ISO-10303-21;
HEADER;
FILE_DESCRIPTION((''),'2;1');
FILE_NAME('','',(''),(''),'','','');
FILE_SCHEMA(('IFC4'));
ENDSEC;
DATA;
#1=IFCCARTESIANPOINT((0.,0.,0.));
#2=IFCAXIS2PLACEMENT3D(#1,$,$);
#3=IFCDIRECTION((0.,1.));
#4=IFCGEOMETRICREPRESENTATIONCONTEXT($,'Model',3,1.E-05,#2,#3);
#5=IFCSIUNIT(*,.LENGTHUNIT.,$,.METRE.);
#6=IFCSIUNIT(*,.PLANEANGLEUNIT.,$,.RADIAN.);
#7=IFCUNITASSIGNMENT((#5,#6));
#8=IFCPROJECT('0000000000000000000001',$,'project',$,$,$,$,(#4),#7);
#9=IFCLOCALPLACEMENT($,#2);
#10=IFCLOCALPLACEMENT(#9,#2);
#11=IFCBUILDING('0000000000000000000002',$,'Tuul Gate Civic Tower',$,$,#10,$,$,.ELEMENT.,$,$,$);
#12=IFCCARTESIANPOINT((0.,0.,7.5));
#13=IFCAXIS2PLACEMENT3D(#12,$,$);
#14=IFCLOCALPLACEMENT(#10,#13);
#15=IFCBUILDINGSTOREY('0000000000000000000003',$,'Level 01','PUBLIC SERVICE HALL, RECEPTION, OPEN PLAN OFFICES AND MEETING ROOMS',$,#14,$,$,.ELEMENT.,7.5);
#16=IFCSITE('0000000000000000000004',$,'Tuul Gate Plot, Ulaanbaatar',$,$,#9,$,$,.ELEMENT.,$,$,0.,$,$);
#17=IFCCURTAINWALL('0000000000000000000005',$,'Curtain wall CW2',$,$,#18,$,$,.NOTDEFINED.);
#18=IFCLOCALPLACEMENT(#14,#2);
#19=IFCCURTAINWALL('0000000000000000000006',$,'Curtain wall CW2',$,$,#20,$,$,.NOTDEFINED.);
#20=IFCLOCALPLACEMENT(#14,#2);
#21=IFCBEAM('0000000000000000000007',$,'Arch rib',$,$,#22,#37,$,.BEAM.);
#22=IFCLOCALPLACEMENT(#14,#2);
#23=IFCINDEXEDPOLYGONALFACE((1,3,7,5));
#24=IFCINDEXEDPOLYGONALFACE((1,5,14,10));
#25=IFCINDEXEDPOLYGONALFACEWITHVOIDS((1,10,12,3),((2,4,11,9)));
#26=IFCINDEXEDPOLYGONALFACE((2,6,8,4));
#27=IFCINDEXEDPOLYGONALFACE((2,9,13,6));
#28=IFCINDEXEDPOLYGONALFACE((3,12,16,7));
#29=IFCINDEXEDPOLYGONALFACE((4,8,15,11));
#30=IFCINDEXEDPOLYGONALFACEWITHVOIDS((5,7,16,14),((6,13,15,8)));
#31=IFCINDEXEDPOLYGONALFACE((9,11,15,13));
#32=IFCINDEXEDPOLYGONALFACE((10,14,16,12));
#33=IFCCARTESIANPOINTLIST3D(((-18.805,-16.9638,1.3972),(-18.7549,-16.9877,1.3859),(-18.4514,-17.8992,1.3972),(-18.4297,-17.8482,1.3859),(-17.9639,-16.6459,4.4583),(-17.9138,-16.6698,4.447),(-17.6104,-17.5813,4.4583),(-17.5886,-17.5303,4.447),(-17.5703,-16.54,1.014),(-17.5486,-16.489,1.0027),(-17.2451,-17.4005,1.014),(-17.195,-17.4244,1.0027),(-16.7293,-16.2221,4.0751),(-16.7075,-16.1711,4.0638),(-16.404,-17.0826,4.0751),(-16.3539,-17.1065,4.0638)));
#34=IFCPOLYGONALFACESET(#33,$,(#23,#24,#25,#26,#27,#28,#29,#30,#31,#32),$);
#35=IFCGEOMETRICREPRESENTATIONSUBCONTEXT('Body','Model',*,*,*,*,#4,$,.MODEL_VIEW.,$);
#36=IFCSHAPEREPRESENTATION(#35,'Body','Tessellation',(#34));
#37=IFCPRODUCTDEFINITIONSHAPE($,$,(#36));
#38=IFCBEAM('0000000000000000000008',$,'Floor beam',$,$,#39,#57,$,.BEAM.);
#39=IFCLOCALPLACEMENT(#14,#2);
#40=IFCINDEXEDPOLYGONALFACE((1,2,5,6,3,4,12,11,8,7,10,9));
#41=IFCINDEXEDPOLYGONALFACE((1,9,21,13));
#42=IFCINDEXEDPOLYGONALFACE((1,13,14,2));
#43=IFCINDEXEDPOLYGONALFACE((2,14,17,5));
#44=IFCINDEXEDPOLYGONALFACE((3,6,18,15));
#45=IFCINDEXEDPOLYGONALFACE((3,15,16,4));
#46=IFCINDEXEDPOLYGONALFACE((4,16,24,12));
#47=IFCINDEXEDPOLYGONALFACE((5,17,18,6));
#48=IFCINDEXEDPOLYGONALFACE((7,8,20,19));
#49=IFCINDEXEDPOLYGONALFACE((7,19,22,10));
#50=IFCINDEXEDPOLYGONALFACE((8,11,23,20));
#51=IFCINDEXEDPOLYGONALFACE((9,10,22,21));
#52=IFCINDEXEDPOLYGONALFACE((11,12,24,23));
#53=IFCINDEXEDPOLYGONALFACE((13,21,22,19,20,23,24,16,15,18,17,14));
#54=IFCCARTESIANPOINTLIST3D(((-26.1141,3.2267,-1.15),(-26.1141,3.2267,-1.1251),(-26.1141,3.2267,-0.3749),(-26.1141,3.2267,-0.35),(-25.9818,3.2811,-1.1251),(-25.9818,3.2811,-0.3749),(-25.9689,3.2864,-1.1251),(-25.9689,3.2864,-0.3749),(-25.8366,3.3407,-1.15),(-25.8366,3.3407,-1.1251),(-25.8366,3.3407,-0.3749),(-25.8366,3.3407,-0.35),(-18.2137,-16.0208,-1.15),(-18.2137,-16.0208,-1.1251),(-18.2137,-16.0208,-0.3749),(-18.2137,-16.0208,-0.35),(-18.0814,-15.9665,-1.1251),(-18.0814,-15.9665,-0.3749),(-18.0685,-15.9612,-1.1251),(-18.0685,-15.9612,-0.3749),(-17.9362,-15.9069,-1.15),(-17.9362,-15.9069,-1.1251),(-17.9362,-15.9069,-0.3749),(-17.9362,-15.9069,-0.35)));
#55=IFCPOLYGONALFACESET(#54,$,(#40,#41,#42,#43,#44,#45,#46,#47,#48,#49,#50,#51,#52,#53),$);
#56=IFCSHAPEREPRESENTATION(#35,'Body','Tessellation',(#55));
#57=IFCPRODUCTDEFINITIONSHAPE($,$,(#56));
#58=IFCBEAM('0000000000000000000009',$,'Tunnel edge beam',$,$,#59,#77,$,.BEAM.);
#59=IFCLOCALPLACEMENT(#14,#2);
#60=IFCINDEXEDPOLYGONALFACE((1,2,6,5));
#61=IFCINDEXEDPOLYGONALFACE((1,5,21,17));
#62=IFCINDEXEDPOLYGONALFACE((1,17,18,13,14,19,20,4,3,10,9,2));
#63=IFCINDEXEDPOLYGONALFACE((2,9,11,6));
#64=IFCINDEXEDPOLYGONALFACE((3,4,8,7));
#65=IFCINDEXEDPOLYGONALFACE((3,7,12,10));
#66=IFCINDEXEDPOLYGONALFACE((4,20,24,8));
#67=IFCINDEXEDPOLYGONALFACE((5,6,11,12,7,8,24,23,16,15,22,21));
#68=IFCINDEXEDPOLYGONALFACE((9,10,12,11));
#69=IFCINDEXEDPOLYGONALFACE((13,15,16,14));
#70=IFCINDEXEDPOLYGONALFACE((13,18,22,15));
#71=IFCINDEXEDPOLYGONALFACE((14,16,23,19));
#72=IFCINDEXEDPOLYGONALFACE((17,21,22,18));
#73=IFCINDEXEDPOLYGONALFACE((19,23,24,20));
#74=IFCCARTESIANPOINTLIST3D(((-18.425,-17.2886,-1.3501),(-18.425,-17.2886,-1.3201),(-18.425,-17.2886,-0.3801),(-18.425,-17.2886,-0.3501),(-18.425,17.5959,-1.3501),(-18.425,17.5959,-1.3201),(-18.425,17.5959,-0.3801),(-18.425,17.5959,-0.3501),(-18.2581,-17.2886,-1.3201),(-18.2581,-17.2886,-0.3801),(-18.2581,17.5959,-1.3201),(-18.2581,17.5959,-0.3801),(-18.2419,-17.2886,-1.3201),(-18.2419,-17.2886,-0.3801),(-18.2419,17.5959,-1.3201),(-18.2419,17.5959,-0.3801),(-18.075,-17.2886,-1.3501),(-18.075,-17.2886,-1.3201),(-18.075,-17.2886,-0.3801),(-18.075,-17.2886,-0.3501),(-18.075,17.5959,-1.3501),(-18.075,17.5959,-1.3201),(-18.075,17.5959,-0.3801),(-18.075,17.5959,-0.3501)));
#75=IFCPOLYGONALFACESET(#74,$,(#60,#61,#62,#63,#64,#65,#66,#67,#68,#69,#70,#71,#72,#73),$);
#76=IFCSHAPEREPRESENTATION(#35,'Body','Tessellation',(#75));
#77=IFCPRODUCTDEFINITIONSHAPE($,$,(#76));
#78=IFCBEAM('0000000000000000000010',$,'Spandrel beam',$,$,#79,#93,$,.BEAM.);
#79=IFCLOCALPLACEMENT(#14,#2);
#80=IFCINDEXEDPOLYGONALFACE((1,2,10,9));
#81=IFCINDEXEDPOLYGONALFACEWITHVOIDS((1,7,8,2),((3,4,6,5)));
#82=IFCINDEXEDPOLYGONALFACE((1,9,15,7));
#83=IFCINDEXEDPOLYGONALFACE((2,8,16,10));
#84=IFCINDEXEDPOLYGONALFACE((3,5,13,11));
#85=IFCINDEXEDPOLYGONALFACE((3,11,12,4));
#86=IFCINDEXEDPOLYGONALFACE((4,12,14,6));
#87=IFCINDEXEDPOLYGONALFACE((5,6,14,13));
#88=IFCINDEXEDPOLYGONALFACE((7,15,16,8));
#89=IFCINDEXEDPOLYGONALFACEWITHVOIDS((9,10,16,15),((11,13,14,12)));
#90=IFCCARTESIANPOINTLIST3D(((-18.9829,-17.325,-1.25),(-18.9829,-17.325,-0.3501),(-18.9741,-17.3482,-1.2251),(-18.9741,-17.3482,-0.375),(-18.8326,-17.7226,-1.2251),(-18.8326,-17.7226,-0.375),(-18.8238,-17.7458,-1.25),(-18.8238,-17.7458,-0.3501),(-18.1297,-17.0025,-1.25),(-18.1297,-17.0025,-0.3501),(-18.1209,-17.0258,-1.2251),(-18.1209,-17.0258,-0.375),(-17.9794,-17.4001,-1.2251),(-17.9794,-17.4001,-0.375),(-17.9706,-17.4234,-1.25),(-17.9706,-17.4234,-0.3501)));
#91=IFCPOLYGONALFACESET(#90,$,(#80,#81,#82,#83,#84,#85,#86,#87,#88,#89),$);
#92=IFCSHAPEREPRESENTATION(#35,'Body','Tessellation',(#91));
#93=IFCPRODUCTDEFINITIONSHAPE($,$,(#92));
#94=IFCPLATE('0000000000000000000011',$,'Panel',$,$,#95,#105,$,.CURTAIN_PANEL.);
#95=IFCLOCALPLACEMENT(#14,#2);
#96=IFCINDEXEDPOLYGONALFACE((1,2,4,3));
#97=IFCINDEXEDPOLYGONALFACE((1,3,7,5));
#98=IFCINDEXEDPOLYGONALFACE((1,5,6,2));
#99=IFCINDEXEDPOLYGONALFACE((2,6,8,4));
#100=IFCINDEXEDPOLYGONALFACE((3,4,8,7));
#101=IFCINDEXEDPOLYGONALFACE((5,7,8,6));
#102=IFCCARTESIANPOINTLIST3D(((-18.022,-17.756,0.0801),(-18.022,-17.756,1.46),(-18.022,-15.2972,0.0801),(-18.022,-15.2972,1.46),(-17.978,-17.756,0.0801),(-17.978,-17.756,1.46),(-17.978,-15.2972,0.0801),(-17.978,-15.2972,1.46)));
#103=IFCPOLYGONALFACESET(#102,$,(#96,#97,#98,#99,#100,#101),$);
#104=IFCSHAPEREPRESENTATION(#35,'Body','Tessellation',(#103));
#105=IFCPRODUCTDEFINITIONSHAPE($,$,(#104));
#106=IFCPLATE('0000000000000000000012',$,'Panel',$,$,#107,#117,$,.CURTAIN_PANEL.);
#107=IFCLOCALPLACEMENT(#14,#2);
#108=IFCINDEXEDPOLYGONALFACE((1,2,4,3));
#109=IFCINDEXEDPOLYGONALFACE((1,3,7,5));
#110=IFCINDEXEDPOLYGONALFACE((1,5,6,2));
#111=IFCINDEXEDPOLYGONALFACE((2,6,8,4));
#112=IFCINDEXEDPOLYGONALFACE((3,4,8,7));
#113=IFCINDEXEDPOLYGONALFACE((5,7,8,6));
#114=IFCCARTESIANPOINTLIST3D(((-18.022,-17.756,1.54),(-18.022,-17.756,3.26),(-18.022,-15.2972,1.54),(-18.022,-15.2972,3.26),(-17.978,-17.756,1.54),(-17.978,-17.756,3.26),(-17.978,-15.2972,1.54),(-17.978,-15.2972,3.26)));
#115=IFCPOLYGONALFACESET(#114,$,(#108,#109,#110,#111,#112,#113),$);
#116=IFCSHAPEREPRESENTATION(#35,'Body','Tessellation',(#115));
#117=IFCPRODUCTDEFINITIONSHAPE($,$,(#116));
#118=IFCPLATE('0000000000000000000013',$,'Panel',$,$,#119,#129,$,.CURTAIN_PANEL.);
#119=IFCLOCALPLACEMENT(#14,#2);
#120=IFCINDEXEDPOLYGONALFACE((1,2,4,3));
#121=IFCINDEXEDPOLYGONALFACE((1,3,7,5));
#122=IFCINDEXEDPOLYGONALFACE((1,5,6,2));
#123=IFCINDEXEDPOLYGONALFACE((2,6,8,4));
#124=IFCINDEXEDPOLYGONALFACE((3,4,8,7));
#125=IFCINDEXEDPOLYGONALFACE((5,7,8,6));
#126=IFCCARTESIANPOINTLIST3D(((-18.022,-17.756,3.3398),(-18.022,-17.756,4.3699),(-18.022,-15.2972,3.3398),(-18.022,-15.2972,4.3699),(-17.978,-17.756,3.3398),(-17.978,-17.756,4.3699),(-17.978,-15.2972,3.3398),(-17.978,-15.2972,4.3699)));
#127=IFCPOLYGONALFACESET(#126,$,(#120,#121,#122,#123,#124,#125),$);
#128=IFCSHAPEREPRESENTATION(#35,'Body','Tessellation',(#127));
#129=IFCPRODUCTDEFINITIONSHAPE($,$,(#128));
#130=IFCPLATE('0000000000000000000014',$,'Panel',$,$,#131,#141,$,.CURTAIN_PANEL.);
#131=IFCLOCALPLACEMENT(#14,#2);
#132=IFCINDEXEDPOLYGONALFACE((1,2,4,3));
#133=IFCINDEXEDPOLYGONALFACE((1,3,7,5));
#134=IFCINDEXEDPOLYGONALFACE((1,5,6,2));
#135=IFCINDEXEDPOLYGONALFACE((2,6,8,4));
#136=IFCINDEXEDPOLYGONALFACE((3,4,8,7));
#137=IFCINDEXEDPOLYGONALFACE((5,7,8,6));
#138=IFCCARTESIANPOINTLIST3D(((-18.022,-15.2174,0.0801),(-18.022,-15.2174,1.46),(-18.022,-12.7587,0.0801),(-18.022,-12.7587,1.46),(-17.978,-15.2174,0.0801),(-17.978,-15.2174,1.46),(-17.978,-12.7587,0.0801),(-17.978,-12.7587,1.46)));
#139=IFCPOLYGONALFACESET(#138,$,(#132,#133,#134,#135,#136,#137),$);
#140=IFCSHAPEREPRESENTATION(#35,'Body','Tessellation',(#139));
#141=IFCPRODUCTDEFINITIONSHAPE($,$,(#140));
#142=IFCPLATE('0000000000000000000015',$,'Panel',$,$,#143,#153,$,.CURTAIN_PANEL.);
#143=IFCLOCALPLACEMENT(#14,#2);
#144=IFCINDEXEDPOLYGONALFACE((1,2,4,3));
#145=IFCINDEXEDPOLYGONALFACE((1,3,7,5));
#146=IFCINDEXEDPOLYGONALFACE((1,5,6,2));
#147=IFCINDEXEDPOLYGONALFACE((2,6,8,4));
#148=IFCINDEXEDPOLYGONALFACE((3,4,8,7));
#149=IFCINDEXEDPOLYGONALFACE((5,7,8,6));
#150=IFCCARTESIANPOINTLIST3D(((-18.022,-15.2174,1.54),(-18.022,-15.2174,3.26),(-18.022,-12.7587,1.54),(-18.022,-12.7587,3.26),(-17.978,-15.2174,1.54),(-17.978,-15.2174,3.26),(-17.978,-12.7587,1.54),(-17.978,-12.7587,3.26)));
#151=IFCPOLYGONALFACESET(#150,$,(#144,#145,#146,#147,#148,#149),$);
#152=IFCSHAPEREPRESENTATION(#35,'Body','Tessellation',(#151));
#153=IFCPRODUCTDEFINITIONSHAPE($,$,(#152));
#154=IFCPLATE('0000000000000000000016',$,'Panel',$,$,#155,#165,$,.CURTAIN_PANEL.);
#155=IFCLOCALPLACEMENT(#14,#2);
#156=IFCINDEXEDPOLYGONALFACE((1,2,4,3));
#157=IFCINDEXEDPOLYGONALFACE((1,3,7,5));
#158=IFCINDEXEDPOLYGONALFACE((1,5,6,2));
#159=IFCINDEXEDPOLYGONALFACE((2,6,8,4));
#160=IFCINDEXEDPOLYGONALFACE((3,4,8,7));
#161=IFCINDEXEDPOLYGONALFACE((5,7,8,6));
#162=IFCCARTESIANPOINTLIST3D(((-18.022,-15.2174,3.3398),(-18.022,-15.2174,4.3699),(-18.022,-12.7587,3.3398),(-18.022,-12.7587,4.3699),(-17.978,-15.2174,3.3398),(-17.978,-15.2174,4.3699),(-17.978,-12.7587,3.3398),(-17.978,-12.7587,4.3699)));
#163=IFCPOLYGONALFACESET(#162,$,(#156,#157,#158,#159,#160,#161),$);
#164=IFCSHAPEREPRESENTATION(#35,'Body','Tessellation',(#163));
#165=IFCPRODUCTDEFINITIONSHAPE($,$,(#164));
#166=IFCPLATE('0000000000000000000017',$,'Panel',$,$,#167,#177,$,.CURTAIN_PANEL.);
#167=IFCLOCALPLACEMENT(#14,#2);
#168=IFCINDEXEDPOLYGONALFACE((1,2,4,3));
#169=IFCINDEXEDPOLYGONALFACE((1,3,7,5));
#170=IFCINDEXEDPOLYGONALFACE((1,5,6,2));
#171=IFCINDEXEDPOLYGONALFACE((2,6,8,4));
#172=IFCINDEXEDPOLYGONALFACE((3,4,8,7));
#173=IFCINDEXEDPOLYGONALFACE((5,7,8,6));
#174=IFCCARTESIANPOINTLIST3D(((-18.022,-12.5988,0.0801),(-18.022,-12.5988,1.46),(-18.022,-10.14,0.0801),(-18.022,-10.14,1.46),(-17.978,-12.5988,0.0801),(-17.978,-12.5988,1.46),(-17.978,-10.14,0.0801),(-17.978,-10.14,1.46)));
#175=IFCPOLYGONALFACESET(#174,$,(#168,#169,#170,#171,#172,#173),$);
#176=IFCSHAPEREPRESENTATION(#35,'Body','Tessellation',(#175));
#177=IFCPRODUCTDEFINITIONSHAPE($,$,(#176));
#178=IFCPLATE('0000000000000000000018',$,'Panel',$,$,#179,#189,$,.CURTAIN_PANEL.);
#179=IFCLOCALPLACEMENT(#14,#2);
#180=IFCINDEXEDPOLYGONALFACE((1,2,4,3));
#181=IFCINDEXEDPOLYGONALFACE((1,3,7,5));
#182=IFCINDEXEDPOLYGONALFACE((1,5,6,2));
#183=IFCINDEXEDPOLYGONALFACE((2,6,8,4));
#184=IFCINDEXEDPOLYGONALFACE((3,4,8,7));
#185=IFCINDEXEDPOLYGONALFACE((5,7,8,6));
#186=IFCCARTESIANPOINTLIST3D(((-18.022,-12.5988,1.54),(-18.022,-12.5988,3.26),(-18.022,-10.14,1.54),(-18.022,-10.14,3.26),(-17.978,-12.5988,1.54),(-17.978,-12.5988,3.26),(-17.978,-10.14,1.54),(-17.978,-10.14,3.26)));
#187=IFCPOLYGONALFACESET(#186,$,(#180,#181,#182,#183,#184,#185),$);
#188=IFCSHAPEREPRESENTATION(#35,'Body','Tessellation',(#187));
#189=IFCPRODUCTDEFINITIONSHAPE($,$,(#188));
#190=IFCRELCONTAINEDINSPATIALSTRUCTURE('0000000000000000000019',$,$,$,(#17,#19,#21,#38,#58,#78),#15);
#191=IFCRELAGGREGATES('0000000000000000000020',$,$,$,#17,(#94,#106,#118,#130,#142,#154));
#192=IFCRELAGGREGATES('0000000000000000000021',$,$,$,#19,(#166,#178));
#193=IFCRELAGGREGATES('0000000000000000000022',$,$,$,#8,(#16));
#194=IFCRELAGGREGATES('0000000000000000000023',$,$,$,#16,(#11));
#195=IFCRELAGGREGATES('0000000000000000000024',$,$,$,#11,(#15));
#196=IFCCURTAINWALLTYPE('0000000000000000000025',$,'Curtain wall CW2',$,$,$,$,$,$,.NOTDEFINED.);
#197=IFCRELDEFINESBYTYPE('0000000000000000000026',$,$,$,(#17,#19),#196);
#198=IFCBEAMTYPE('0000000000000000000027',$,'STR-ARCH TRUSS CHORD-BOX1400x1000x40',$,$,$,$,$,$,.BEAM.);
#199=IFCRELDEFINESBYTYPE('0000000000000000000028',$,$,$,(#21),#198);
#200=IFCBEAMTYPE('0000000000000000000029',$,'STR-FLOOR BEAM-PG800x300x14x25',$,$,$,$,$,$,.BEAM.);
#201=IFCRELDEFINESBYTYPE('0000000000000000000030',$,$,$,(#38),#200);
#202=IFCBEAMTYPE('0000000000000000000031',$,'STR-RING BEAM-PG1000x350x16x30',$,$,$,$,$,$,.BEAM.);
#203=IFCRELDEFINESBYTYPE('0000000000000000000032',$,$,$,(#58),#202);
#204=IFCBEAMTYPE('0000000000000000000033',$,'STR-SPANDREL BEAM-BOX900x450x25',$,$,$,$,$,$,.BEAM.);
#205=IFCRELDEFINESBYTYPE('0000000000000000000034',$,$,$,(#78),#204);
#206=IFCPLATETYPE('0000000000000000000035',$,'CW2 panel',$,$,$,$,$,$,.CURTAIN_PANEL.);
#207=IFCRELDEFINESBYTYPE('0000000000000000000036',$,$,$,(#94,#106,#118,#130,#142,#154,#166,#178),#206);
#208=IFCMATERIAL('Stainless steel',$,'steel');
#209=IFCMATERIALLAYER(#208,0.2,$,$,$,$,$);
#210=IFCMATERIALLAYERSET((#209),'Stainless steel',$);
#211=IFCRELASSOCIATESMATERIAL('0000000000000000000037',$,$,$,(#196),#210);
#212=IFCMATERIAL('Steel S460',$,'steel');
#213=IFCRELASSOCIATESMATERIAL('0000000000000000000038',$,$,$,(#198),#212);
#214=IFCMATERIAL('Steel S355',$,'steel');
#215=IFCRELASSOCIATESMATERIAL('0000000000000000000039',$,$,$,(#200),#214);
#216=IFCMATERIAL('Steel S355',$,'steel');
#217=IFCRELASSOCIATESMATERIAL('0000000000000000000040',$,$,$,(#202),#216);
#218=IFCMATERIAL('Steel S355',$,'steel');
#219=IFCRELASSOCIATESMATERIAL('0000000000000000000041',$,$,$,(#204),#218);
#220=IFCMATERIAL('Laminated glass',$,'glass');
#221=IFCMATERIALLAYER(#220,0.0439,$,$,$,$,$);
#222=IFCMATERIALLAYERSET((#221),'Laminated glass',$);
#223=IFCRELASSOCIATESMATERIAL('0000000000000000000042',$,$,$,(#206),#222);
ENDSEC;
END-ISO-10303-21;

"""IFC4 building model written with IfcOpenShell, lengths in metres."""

from ifc_helpers import new_model, si_unit, direction, frame, origin, origin_2d, place, context, subcontext, project, spatial, rectangle, hollow_rectangle, i_section, extrude, material, layer, layer_set, material_profile, profile_set, type_object, element, aggregate, save


model = new_model("IFC4")

# Units and contexts
model_context = context("Model", 3, precision=1e-05, world=origin(), true_north=direction((0.0, 1.0)))
body_context = subcontext(model_context, "Body", "Model", "MODEL_VIEW")
ifc_project = project(units=[si_unit("LENGTHUNIT", "METRE"), si_unit("PLANEANGLEUNIT", "RADIAN")], contexts=[model_context])

# Site, building, storey
site_placement = place(None, origin())
site = spatial("IfcSite", under=ifc_project, at=site_placement, Name="Tuul Gate Plot, Ulaanbaatar", CompositionType="ELEMENT", RefElevation=0.0)
building_placement = place(site_placement, origin())
building = spatial("IfcBuilding", under=site, at=building_placement, Name="Tuul Gate Civic Tower", CompositionType="ELEMENT")
storey_placement = place(building_placement, frame((0.0, 0.0, 7.5)))
storey = spatial("IfcBuildingStorey", under=building, at=storey_placement, Name="Level 01", Description="PUBLIC SERVICE HALL, RECEPTION, OPEN PLAN OFFICES AND MEETING ROOMS", CompositionType="ELEMENT", Elevation=7.5)

# Curtain walls
ifc_material_1 = material(Name="Stainless steel", Category="steel")
ifc_layer_1 = layer(ifc_material_1, 0.2)
ifc_layer_set_1 = layer_set([ifc_layer_1], Name="Stainless steel")
curtain_wall_type_1 = type_object("IfcCurtainWallType", Name="Curtain wall CW2", PredefinedType="NOTDEFINED", material=ifc_layer_set_1)
curtain_wall_1_placement = place(storey_placement, origin())
curtain_wall_1 = element("IfcCurtainWall", 1, at=curtain_wall_1_placement, inside=storey, type_object=curtain_wall_type_1, Name="Curtain wall CW2", PredefinedType="NOTDEFINED")
curtain_wall_2_placement = place(storey_placement, origin())
curtain_wall_2 = element("IfcCurtainWall", 2, at=curtain_wall_2_placement, inside=storey, type_object=curtain_wall_type_1, Name="Curtain wall CW2", PredefinedType="NOTDEFINED")

# Beams
ifc_material_2 = material(Name="Steel S460", Category="steel")
ifc_material_profile_1 = material_profile(ifc_material_2, hollow_rectangle(XDim=1.0, YDim=1.3999, WallThickness=0.04, at=origin_2d()), Name="BOX1400x1000x40")
ifc_profile_set_1 = profile_set([ifc_material_profile_1], Name="Steel S460")
beam_type_1 = type_object("IfcBeamType", Name="STR-ARCH TRUSS CHORD-BOX1400x1000x40", PredefinedType="BEAM", material=ifc_profile_set_1)
beam_1_placement = place(storey_placement, frame((-18.0, -17.1941, 1.2), z_axis=(0.263627, 0.099635, 0.959465), x_axis=(-0.353533, 0.935422, 0.0)))
element("IfcBeam", 3, at=beam_1_placement, inside=storey, type_object=beam_type_1, Name="Arch rib", PredefinedType="BEAM", context=body_context, shape_type="SweptSolid", body=[
    extrude(hollow_rectangle(XDim=1.0, YDim=1.3999, WallThickness=0.04, at=origin_2d()), origin(), (0.0, 0.0, 1.0), 3.1904),
])
ifc_material_3 = material(Name="Steel S355", Category="steel")
ifc_material_profile_2 = material_profile(ifc_material_3, i_section(OverallWidth=0.3, OverallDepth=0.8, WebThickness=0.0139, FlangeThickness=0.0249, at=origin_2d()), Name="PG800x300x14x25")
ifc_profile_set_2 = profile_set([ifc_material_profile_2], Name="Steel S355")
beam_type_2 = type_object("IfcBeamType", Name="STR-FLOOR BEAM-PG800x300x14x25", PredefinedType="BEAM", material=ifc_profile_set_2)
beam_2_placement = place(storey_placement, frame((-18.075, -15.9639, -0.75), z_axis=(-0.379719, 0.925102, 0.0), x_axis=(-0.925102, -0.379719, 0.0)))
element("IfcBeam", 4, at=beam_2_placement, inside=storey, type_object=beam_type_2, Name="Floor beam", PredefinedType="BEAM", context=body_context, shape_type="SweptSolid", body=[
    extrude(i_section(OverallWidth=0.3, OverallDepth=0.8, WebThickness=0.0139, FlangeThickness=0.0249, at=origin_2d()), origin(), (0.0, 0.0, 1.0), 20.8059),
])
ifc_material_4 = material(Name="Steel S355", Category="steel")
ifc_material_profile_3 = material_profile(ifc_material_4, i_section(OverallWidth=0.3501, OverallDepth=1.0, WebThickness=0.0161, FlangeThickness=0.03, at=origin_2d()), Name="PG1000x350x16x30")
ifc_profile_set_3 = profile_set([ifc_material_profile_3], Name="Steel S355")
beam_type_3 = type_object("IfcBeamType", Name="STR-RING BEAM-PG1000x350x16x30", PredefinedType="BEAM", material=ifc_profile_set_3)
beam_3_placement = place(storey_placement, frame((-18.25, -17.2886, -0.8501), z_axis=(0.0, 1.0, 0.0), x_axis=(-1.0, 0.0, 0.0)))
element("IfcBeam", 5, at=beam_3_placement, inside=storey, type_object=beam_type_3, Name="Tunnel edge beam", PredefinedType="BEAM", context=body_context, shape_type="SweptSolid", body=[
    extrude(i_section(OverallWidth=0.3501, OverallDepth=1.0, WebThickness=0.0161, FlangeThickness=0.03, at=origin_2d()), origin(), (0.0, 0.0, 1.0), 34.8845),
])
ifc_material_5 = material(Name="Steel S355", Category="steel")
ifc_material_profile_4 = material_profile(ifc_material_5, hollow_rectangle(XDim=0.45, YDim=0.8999, WallThickness=0.0249, at=origin_2d()), Name="BOX900x450x25")
ifc_profile_set_4 = profile_set([ifc_material_profile_4], Name="Steel S355")
beam_type_4 = type_object("IfcBeamType", Name="STR-SPANDREL BEAM-BOX900x450x25", PredefinedType="BEAM", material=ifc_profile_set_4)
beam_4_placement = place(storey_placement, frame((-18.9033, -17.5354, -0.8), z_axis=(0.935413, 0.353557, 0.0), x_axis=(-0.353557, 0.935413, 0.0)))
element("IfcBeam", 6, at=beam_4_placement, inside=storey, type_object=beam_type_4, Name="Spandrel beam", PredefinedType="BEAM", context=body_context, shape_type="SweptSolid", body=[
    extrude(hollow_rectangle(XDim=0.45, YDim=0.8999, WallThickness=0.0249, at=origin_2d()), origin(), (0.0, 0.0, 1.0), 0.9121),
])

# Plates
ifc_material_6 = material(Name="Laminated glass", Category="glass")
ifc_layer_2 = layer(ifc_material_6, 0.0439)
ifc_layer_set_2 = layer_set([ifc_layer_2], Name="Laminated glass")
plate_type = type_object("IfcPlateType", Name="CW2 panel", PredefinedType="CURTAIN_PANEL", material=ifc_layer_set_2)
plate_1_placement = place(storey_placement, frame((-18.0, -16.5266, 0.0801), z_axis=(0.0, 0.0, 1.0), x_axis=(0.0, 1.0, 0.0)))
plate_1 = element("IfcPlate", 7, at=plate_1_placement, type_object=plate_type, Name="Panel", PredefinedType="CURTAIN_PANEL", context=body_context, shape_type="SweptSolid", body=[
    extrude(rectangle(XDim=2.4587, YDim=0.0439, at=origin_2d()), origin(), (0.0, 0.0, 1.0), 1.3799),
])
plate_2_placement = place(storey_placement, frame((-18.0, -16.5266, 1.54), z_axis=(0.0, 0.0, 1.0), x_axis=(0.0, 1.0, 0.0)))
plate_2 = element("IfcPlate", 8, at=plate_2_placement, type_object=plate_type, Name="Panel", PredefinedType="CURTAIN_PANEL", context=body_context, shape_type="SweptSolid", body=[
    extrude(rectangle(XDim=2.4587, YDim=0.0439, at=origin_2d()), origin(), (0.0, 0.0, 1.0), 1.72),
])
plate_3_placement = place(storey_placement, frame((-18.0, -16.5266, 3.3398), z_axis=(0.0, 0.0, 1.0), x_axis=(0.0, 1.0, 0.0)))
plate_3 = element("IfcPlate", 9, at=plate_3_placement, type_object=plate_type, Name="Panel", PredefinedType="CURTAIN_PANEL", context=body_context, shape_type="SweptSolid", body=[
    extrude(rectangle(XDim=2.4587, YDim=0.0439, at=origin_2d()), origin(), (0.0, 0.0, 1.0), 1.03),
])
plate_4_placement = place(storey_placement, frame((-18.0, -13.988, 0.0801), z_axis=(0.0, 0.0, 1.0), x_axis=(0.0, 1.0, 0.0)))
plate_4 = element("IfcPlate", 10, at=plate_4_placement, type_object=plate_type, Name="Panel", PredefinedType="CURTAIN_PANEL", context=body_context, shape_type="SweptSolid", body=[
    extrude(rectangle(XDim=2.4587, YDim=0.0439, at=origin_2d()), origin(), (0.0, 0.0, 1.0), 1.3799),
])
plate_5_placement = place(storey_placement, frame((-18.0, -13.988, 1.54), z_axis=(0.0, 0.0, 1.0), x_axis=(0.0, 1.0, 0.0)))
plate_5 = element("IfcPlate", 11, at=plate_5_placement, type_object=plate_type, Name="Panel", PredefinedType="CURTAIN_PANEL", context=body_context, shape_type="SweptSolid", body=[
    extrude(rectangle(XDim=2.4587, YDim=0.0439, at=origin_2d()), origin(), (0.0, 0.0, 1.0), 1.72),
])
plate_6_placement = place(storey_placement, frame((-18.0, -13.988, 3.3398), z_axis=(0.0, 0.0, 1.0), x_axis=(0.0, 1.0, 0.0)))
plate_6 = element("IfcPlate", 12, at=plate_6_placement, type_object=plate_type, Name="Panel", PredefinedType="CURTAIN_PANEL", context=body_context, shape_type="SweptSolid", body=[
    extrude(rectangle(XDim=2.4587, YDim=0.0439, at=origin_2d()), origin(), (0.0, 0.0, 1.0), 1.03),
])
aggregate(curtain_wall_1, [plate_1, plate_2, plate_3, plate_4, plate_5, plate_6])
plate_7_placement = place(storey_placement, frame((-18.0, -11.3694, 0.0801), z_axis=(0.0, 0.0, 1.0), x_axis=(0.0, 1.0, 0.0)))
plate_7 = element("IfcPlate", 13, at=plate_7_placement, type_object=plate_type, Name="Panel", PredefinedType="CURTAIN_PANEL", context=body_context, shape_type="SweptSolid", body=[
    extrude(rectangle(XDim=2.4587, YDim=0.0439, at=origin_2d()), origin(), (0.0, 0.0, 1.0), 1.3799),
])
plate_8_placement = place(storey_placement, frame((-18.0, -11.3694, 1.54), z_axis=(0.0, 0.0, 1.0), x_axis=(0.0, 1.0, 0.0)))
plate_8 = element("IfcPlate", 14, at=plate_8_placement, type_object=plate_type, Name="Panel", PredefinedType="CURTAIN_PANEL", context=body_context, shape_type="SweptSolid", body=[
    extrude(rectangle(XDim=2.4587, YDim=0.0439, at=origin_2d()), origin(), (0.0, 0.0, 1.0), 1.72),
])
aggregate(curtain_wall_2, [plate_7, plate_8])

save(model, "model.ifc")
